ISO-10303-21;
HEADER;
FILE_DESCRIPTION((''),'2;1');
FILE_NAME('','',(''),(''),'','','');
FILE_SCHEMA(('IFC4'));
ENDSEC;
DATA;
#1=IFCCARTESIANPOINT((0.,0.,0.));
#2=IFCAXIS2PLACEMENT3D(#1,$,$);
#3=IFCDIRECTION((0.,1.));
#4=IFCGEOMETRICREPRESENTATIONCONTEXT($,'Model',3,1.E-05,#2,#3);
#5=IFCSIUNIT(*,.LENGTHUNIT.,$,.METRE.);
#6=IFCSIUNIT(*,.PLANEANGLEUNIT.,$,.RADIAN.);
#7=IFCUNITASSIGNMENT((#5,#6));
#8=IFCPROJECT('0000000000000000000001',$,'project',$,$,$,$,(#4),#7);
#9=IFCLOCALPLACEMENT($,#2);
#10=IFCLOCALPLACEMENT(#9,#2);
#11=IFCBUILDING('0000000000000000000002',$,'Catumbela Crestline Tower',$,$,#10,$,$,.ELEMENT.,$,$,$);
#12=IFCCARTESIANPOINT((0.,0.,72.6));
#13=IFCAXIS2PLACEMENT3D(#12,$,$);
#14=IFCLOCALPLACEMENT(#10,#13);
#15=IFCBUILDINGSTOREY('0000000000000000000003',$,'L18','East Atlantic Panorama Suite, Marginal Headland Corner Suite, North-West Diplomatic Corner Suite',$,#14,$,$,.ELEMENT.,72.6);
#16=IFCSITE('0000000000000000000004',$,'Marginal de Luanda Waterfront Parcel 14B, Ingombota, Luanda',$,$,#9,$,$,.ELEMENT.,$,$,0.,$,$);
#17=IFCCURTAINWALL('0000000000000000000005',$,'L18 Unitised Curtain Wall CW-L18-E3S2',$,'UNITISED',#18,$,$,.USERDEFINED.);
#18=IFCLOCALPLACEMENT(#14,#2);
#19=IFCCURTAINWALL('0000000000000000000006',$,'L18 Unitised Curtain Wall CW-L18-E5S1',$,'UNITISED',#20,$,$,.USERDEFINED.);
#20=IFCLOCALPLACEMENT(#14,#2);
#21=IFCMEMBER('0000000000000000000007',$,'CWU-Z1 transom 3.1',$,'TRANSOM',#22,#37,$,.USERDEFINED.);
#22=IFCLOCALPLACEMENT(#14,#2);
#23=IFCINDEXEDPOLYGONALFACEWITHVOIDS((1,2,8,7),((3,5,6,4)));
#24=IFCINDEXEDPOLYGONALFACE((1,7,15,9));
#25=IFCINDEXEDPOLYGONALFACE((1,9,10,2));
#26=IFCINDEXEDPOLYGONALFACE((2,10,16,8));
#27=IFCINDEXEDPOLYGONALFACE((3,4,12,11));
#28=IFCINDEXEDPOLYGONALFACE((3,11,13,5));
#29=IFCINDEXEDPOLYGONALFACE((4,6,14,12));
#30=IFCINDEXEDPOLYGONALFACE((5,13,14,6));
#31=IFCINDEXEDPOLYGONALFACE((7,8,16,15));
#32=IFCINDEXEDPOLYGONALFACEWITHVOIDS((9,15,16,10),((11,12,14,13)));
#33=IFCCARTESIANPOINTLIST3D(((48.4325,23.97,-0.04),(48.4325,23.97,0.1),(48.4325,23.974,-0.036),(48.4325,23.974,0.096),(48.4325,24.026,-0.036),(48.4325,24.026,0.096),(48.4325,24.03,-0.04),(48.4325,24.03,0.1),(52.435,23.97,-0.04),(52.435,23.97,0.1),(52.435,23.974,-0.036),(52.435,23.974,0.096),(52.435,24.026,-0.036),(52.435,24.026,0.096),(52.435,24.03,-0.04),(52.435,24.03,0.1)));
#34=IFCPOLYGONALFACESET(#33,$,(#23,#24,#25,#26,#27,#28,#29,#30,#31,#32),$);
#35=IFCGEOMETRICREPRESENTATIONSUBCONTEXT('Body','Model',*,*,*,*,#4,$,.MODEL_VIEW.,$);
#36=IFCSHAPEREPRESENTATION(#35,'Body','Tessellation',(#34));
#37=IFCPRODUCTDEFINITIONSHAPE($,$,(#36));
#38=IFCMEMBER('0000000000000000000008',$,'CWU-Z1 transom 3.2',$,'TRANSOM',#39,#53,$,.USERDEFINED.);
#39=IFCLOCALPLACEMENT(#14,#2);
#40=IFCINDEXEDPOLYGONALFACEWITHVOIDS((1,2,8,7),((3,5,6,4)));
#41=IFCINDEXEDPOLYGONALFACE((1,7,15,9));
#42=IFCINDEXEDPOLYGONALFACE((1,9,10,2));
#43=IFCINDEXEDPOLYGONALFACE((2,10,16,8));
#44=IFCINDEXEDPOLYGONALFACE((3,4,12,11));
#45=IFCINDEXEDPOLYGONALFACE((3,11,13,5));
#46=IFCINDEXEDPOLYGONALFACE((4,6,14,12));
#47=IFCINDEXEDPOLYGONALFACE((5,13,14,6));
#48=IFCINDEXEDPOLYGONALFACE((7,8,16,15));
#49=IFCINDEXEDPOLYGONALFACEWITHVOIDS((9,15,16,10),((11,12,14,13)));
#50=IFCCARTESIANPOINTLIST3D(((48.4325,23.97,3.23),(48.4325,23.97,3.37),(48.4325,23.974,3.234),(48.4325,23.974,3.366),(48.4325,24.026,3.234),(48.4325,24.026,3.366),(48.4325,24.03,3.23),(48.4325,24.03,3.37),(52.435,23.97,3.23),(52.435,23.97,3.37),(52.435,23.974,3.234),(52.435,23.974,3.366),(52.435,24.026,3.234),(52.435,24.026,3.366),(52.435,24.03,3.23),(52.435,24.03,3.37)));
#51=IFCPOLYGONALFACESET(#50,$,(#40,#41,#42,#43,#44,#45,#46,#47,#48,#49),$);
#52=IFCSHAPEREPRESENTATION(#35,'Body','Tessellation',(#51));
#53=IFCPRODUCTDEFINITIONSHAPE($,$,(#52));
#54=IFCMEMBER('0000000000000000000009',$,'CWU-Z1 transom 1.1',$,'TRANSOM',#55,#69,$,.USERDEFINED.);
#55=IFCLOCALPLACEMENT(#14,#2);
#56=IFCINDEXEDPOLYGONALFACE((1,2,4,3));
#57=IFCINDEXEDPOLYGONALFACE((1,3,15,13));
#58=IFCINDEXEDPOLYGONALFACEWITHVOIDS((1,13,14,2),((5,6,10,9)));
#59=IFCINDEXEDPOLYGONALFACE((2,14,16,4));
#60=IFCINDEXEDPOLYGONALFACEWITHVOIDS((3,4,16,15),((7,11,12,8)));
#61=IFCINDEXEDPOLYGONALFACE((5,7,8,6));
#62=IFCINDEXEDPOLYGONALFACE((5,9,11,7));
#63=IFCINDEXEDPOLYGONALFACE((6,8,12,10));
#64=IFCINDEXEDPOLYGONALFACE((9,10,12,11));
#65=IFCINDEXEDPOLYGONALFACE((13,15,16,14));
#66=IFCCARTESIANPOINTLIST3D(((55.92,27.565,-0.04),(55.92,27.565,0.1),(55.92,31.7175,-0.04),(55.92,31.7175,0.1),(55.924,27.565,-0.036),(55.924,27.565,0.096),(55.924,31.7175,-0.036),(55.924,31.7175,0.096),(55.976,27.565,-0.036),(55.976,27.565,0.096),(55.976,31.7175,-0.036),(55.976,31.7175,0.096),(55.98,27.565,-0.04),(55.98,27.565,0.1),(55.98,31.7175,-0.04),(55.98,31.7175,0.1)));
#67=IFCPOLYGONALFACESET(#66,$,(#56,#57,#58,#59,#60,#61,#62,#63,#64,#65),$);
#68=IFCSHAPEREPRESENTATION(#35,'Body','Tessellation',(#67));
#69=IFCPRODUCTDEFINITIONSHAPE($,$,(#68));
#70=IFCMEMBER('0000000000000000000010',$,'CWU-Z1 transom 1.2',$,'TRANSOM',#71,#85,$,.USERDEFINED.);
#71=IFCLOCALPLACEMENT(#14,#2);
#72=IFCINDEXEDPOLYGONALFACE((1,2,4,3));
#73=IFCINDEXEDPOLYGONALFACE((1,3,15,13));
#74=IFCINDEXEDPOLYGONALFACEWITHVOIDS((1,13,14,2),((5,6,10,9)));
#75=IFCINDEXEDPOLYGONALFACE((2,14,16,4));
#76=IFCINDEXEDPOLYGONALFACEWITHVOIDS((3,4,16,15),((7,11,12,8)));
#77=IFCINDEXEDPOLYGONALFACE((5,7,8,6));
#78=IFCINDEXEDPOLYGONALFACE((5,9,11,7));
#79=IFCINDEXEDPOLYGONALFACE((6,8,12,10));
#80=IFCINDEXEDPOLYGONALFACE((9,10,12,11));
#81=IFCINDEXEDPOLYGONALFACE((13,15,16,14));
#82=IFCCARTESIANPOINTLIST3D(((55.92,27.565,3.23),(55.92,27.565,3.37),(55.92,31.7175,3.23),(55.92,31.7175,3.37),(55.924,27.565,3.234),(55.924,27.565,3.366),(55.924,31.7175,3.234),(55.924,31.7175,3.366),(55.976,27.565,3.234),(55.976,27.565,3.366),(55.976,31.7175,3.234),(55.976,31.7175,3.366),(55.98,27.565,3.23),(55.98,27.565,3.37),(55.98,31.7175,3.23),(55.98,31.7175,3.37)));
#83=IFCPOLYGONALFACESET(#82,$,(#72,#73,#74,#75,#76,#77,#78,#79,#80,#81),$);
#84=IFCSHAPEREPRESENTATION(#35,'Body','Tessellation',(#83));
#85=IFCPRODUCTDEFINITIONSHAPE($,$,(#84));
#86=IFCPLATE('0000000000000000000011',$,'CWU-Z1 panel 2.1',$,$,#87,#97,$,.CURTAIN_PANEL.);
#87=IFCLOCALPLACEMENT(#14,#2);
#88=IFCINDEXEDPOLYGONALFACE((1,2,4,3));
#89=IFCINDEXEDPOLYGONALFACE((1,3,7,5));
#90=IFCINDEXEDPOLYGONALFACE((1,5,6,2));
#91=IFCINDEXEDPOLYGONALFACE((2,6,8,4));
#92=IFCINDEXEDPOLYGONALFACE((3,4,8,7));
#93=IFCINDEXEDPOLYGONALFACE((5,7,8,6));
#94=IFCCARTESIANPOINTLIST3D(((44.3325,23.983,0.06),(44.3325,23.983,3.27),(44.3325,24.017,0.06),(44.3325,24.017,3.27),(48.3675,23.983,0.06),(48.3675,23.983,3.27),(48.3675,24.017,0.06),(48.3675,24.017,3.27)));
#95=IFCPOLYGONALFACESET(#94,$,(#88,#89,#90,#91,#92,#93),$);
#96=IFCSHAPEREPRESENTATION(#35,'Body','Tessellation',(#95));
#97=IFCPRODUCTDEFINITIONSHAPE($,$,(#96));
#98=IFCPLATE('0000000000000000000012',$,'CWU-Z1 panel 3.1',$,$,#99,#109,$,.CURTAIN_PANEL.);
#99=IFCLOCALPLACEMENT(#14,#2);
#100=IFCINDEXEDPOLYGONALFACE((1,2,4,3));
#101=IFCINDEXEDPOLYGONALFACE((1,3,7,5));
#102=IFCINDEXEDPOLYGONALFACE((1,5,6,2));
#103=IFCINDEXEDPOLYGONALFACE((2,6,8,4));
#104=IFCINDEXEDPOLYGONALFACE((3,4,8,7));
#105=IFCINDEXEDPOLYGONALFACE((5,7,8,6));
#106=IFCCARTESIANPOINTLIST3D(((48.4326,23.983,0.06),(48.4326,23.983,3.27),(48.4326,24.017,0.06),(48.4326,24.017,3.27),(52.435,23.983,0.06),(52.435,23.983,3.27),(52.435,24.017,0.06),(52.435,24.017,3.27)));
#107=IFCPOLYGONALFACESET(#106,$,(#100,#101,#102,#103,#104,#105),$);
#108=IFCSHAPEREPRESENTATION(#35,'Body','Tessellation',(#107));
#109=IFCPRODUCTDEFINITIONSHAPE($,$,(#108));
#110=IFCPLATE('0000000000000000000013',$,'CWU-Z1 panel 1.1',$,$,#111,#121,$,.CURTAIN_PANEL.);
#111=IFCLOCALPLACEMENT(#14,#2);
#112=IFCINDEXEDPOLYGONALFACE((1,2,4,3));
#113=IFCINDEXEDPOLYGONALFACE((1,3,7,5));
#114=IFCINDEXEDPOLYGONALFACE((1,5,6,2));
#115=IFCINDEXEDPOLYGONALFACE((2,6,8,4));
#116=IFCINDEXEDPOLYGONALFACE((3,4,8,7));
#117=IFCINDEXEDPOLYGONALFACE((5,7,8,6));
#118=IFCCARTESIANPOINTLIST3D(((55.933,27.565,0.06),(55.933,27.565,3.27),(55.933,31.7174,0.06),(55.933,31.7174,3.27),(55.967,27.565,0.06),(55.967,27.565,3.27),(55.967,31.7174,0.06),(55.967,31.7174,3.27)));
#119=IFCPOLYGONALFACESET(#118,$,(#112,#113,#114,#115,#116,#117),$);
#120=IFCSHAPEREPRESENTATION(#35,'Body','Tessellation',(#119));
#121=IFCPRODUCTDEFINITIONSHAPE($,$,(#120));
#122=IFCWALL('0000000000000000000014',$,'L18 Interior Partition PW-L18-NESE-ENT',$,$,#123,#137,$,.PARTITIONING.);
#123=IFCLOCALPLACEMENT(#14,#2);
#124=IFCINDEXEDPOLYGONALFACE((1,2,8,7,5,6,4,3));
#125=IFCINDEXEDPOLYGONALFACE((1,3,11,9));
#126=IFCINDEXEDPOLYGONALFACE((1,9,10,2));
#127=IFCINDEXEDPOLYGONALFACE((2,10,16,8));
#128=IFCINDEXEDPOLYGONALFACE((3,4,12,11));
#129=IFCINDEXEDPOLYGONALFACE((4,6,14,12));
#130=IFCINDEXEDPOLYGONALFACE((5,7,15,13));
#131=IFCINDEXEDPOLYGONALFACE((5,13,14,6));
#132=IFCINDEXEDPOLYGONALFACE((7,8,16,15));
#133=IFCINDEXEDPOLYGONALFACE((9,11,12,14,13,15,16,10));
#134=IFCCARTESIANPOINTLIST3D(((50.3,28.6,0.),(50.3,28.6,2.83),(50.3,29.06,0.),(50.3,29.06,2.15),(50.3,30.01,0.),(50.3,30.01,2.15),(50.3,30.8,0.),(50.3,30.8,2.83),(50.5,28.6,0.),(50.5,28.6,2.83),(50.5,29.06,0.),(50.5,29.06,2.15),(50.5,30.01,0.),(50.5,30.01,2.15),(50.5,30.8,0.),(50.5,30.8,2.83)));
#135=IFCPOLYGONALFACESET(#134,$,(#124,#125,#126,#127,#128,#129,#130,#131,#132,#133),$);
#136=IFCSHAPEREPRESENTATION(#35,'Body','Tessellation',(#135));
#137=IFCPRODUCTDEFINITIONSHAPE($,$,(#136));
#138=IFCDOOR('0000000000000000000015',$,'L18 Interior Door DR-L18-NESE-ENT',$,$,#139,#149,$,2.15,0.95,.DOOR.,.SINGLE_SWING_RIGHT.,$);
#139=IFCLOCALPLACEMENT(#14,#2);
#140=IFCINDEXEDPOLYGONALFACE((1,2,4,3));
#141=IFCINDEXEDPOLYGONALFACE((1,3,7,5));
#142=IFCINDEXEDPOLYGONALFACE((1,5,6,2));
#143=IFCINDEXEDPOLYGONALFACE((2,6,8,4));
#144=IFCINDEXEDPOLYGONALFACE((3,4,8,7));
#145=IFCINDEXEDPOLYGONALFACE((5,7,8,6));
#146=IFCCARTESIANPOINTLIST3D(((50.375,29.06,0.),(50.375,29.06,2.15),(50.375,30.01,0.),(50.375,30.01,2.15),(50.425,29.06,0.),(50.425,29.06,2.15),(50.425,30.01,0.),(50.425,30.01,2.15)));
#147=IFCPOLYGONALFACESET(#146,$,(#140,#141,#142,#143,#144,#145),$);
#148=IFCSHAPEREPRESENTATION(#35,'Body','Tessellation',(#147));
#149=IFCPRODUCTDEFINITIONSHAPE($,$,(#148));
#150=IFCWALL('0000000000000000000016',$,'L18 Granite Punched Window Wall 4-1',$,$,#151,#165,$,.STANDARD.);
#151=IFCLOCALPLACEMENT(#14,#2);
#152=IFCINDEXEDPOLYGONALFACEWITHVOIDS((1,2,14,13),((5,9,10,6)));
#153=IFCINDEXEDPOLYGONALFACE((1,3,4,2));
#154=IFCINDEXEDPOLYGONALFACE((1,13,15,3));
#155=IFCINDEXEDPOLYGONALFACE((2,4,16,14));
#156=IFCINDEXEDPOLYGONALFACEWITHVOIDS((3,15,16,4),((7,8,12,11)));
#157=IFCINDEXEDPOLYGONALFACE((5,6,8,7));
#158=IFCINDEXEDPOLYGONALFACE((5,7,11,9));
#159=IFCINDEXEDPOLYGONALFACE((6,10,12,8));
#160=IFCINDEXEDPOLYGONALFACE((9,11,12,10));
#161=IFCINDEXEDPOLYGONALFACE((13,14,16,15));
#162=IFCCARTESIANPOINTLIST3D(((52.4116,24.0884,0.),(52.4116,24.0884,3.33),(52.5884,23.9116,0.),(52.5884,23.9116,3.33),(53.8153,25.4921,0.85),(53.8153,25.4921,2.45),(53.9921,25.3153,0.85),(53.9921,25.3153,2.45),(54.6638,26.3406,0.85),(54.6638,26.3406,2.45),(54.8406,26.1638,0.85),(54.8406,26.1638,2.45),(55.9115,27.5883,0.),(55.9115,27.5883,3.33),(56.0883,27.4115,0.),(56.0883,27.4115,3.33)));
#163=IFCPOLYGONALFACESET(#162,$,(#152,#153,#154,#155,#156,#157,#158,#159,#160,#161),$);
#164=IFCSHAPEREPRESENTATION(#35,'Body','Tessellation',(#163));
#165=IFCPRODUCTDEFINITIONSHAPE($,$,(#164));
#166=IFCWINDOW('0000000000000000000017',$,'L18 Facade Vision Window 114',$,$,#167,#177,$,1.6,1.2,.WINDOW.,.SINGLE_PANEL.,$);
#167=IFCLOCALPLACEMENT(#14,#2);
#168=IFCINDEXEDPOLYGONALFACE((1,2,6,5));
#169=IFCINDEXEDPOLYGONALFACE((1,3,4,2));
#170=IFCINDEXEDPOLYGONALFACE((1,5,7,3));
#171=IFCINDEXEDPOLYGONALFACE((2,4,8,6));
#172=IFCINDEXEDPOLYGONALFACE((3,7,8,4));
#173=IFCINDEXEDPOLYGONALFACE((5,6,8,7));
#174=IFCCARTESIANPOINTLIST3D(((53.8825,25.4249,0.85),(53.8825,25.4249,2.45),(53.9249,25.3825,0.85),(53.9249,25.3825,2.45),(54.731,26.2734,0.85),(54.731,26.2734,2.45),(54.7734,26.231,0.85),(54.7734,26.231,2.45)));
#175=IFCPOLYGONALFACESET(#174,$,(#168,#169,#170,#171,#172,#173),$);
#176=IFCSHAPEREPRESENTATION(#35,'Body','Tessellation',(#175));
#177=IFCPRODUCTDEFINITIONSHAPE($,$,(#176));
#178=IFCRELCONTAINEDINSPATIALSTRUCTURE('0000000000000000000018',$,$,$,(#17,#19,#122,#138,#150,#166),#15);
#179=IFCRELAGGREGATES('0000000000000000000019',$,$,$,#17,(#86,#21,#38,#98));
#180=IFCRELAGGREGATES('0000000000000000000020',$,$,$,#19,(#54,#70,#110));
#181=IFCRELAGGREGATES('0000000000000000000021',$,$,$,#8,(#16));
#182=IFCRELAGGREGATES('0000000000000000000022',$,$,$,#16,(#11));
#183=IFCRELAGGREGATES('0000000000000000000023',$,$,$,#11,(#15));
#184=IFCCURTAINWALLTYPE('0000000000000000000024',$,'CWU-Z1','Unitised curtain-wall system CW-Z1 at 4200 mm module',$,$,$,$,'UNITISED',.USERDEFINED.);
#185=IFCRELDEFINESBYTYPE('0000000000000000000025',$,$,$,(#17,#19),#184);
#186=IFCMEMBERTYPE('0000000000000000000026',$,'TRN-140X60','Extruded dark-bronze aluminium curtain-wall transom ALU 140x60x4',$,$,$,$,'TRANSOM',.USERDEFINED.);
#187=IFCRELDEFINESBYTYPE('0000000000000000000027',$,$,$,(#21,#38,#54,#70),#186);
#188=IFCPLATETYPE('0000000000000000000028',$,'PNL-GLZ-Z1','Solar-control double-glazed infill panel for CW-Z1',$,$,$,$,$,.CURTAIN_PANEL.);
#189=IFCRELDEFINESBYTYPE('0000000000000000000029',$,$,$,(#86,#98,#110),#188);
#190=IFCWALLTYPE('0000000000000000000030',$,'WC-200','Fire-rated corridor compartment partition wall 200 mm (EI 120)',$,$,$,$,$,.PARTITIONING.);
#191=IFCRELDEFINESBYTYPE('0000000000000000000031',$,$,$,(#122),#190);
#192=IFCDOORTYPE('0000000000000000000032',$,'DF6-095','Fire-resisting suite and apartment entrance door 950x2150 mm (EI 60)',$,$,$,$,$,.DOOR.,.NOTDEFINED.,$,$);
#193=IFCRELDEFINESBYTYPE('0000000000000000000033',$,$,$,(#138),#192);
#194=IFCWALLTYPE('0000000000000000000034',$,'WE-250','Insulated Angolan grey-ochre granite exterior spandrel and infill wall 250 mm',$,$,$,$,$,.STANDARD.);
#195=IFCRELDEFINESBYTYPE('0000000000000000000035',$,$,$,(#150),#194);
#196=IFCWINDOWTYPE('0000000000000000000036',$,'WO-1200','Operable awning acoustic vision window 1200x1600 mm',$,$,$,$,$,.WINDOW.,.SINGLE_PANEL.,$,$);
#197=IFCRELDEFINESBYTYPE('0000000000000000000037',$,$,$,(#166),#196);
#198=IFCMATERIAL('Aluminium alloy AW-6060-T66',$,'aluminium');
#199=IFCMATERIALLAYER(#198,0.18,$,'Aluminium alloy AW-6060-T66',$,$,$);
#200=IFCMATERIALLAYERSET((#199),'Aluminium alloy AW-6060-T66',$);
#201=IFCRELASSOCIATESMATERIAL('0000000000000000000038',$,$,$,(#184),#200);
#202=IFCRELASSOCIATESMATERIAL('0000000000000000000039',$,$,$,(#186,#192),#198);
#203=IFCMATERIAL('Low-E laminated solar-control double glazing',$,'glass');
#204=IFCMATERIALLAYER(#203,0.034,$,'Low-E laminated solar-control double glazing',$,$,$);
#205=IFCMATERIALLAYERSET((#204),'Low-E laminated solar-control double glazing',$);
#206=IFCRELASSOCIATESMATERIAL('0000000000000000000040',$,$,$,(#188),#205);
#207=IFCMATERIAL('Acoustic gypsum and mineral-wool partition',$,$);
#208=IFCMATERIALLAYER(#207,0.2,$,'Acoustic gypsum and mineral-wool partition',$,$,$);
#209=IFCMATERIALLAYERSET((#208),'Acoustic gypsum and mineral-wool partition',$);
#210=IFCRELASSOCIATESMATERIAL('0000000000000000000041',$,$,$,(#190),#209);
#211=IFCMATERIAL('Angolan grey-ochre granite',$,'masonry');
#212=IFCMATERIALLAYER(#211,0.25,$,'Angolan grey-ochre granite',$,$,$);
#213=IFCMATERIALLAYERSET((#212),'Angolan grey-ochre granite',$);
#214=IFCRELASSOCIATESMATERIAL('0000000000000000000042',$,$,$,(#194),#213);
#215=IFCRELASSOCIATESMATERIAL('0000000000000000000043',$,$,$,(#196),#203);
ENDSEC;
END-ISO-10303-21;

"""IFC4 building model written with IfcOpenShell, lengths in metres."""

from ifc_helpers import new_model, si_unit, direction, frame, frame_2d, origin, origin_2d, place, context, subcontext, project, spatial, rectangle, hollow_rectangle, extrude, material, layer, layer_set, material_profile, profile_set, type_object, element, fill, aggregate, save


model = new_model("IFC4")

# Units and contexts
model_context = context("Model", 3, precision=1e-05, world=origin(), true_north=direction((0.0, 1.0)))
body_context = subcontext(model_context, "Body", "Model", "MODEL_VIEW")
ifc_project = project(units=[si_unit("LENGTHUNIT", "METRE"), si_unit("PLANEANGLEUNIT", "RADIAN")], contexts=[model_context])

# Site, building, storey
site_placement = place(None, origin())
site = spatial("IfcSite", under=ifc_project, at=site_placement, Name="Marginal de Luanda Waterfront Parcel 14B, Ingombota, Luanda", CompositionType="ELEMENT", RefElevation=0.0)
building_placement = place(site_placement, origin())
building = spatial("IfcBuilding", under=site, at=building_placement, Name="Catumbela Crestline Tower", CompositionType="ELEMENT")
storey_placement = place(building_placement, frame((0.0, 0.0, 72.6)))
storey = spatial("IfcBuildingStorey", under=building, at=storey_placement, Name="L18", Description="East Atlantic Panorama Suite, Marginal Headland Corner Suite, North-West Diplomatic Corner Suite", CompositionType="ELEMENT", Elevation=72.6)

# Curtain wall
ifc_material_1 = material(Name="Aluminium alloy AW-6060-T66", Category="aluminium")
ifc_layer_1 = layer(ifc_material_1, 0.18, Name="Aluminium alloy AW-6060-T66")
ifc_layer_set_1 = layer_set([ifc_layer_1], Name="Aluminium alloy AW-6060-T66")
curtain_wall_type = type_object("IfcCurtainWallType", Name="CWU-Z1", Description="Unitised curtain-wall system CW-Z1 at 4200 mm module", ElementType="UNITISED", PredefinedType="USERDEFINED", material=ifc_layer_set_1)
curtain_wall_1_placement = place(storey_placement, origin())
curtain_wall_1 = element("IfcCurtainWall", 1, at=curtain_wall_1_placement, inside=storey, type_object=curtain_wall_type, Name="L18 Unitised Curtain Wall CW-L18-E3S2", ObjectType="UNITISED", PredefinedType="USERDEFINED")

# Curtain wall
curtain_wall_2_placement = place(storey_placement, origin())
curtain_wall_2 = element("IfcCurtainWall", 2, at=curtain_wall_2_placement, inside=storey, type_object=curtain_wall_type, Name="L18 Unitised Curtain Wall CW-L18-E5S1", ObjectType="UNITISED", PredefinedType="USERDEFINED")

# Members
ifc_material_profile_1 = material_profile(ifc_material_1, hollow_rectangle(XDim=0.06, YDim=0.14, WallThickness=0.004, at=origin_2d()), Name="ALU 140x60x4")
ifc_profile_set_1 = profile_set([ifc_material_profile_1], Name="Aluminium alloy AW-6060-T66")
member_type_1 = type_object("IfcMemberType", Name="TRN-140X60", Description="Extruded dark-bronze aluminium curtain-wall transom ALU 140x60x4", ElementType="TRANSOM", PredefinedType="USERDEFINED", material=ifc_profile_set_1)
member_1_placement = place(storey_placement, frame((48.4325, 24.0, 0.03), z_axis=(1.0, 0.0, 0.0), x_axis=(0.0, 1.0, 0.0)))
member_1 = element("IfcMember", 3, at=member_1_placement, type_object=member_type_1, Name="CWU-Z1 transom 3.1", ObjectType="TRANSOM", PredefinedType="USERDEFINED", context=body_context, shape_type="SweptSolid", body=[
    extrude(hollow_rectangle(XDim=0.06, YDim=0.14, WallThickness=0.004, at=origin_2d()), origin(), (0.0, 0.0, 1.0), 4.0025),
])
member_2_placement = place(storey_placement, frame((48.4325, 24.0, 3.3), z_axis=(1.0, 0.0, 0.0), x_axis=(0.0, 1.0, 0.0)))
member_2 = element("IfcMember", 4, at=member_2_placement, type_object=member_type_1, Name="CWU-Z1 transom 3.2", ObjectType="TRANSOM", PredefinedType="USERDEFINED", context=body_context, shape_type="SweptSolid", body=[
    extrude(hollow_rectangle(XDim=0.06, YDim=0.14, WallThickness=0.004, at=origin_2d()), origin(), (0.0, 0.0, 1.0), 4.0025),
])
member_3_placement = place(storey_placement, frame((55.95, 27.565, 0.03), z_axis=(0.0, 1.0, 0.0), x_axis=(-1.0, 0.0, 0.0)))
member_3 = element("IfcMember", 5, at=member_3_placement, type_object=member_type_1, Name="CWU-Z1 transom 1.1", ObjectType="TRANSOM", PredefinedType="USERDEFINED", context=body_context, shape_type="SweptSolid", body=[
    extrude(hollow_rectangle(XDim=0.06, YDim=0.14, WallThickness=0.004, at=origin_2d()), origin(), (0.0, 0.0, 1.0), 4.1525),
])
member_4_placement = place(storey_placement, frame((55.95, 27.565, 3.3), z_axis=(0.0, 1.0, 0.0), x_axis=(-1.0, 0.0, 0.0)))
member_4 = element("IfcMember", 6, at=member_4_placement, type_object=member_type_1, Name="CWU-Z1 transom 1.2", ObjectType="TRANSOM", PredefinedType="USERDEFINED", context=body_context, shape_type="SweptSolid", body=[
    extrude(hollow_rectangle(XDim=0.06, YDim=0.14, WallThickness=0.004, at=origin_2d()), origin(), (0.0, 0.0, 1.0), 4.1525),
])

# Plates
ifc_material_2 = material(Name="Low-E laminated solar-control double glazing", Category="glass")
ifc_layer_2 = layer(ifc_material_2, 0.034, Name="Low-E laminated solar-control double glazing")
ifc_layer_set_2 = layer_set([ifc_layer_2], Name="Low-E laminated solar-control double glazing")
plate_type = type_object("IfcPlateType", Name="PNL-GLZ-Z1", Description="Solar-control double-glazed infill panel for CW-Z1", PredefinedType="CURTAIN_PANEL", material=ifc_layer_set_2)
plate_1_placement = place(storey_placement, frame((46.35, 24.0, 0.06), z_axis=(0.0, 0.0, 1.0), x_axis=(1.0, 0.0, 0.0)))
plate_1 = element("IfcPlate", 7, at=plate_1_placement, type_object=plate_type, Name="CWU-Z1 panel 2.1", PredefinedType="CURTAIN_PANEL", context=body_context, shape_type="SweptSolid", body=[
    extrude(rectangle(XDim=4.035, YDim=0.034, at=origin_2d()), origin(), (0.0, 0.0, 1.0), 3.21),
])
plate_2_placement = place(storey_placement, frame((50.4338, 24.0, 0.06), z_axis=(0.0, 0.0, 1.0), x_axis=(1.0, 0.0, 0.0)))
plate_2 = element("IfcPlate", 8, at=plate_2_placement, type_object=plate_type, Name="CWU-Z1 panel 3.1", PredefinedType="CURTAIN_PANEL", context=body_context, shape_type="SweptSolid", body=[
    extrude(rectangle(XDim=4.0025, YDim=0.034, at=origin_2d()), origin(), (0.0, 0.0, 1.0), 3.21),
])
aggregate(curtain_wall_1, [plate_1, member_1, member_2, plate_2])
plate_3_placement = place(storey_placement, frame((55.95, 29.6412, 0.06), z_axis=(0.0, 0.0, 1.0), x_axis=(0.0, 1.0, 0.0)))
plate_3 = element("IfcPlate", 9, at=plate_3_placement, type_object=plate_type, Name="CWU-Z1 panel 1.1", PredefinedType="CURTAIN_PANEL", context=body_context, shape_type="SweptSolid", body=[
    extrude(rectangle(XDim=4.1525, YDim=0.034, at=origin_2d()), origin(), (0.0, 0.0, 1.0), 3.21),
])
aggregate(curtain_wall_2, [member_3, member_4, plate_3])

# Wall, opening, door
ifc_material_3 = material(Name="Acoustic gypsum and mineral-wool partition")
ifc_layer_3 = layer(ifc_material_3, 0.2, Name="Acoustic gypsum and mineral-wool partition")
ifc_layer_set_3 = layer_set([ifc_layer_3], Name="Acoustic gypsum and mineral-wool partition")
wall_type_1 = type_object("IfcWallType", Name="WC-200", Description="Fire-rated corridor compartment partition wall 200 mm (EI 120)", PredefinedType="PARTITIONING", material=ifc_layer_set_3)
wall_1_placement = place(storey_placement, frame((50.4, 28.6, 0.0), z_axis=(0.0, 0.0, 1.0), x_axis=(0.0, 1.0, 0.0)))
wall_1 = element("IfcWall", 10, at=wall_1_placement, inside=storey, type_object=wall_type_1, Name="L18 Interior Partition PW-L18-NESE-ENT", PredefinedType="PARTITIONING", context=body_context, shape_type="SweptSolid", body=[
    extrude(rectangle(XDim=2.2, YDim=0.2, at=frame_2d((1.1, 0.0))), origin(), (0.0, 0.0, 1.0), 2.83),
])
opening_1_placement = place(wall_1_placement, frame((0.46, 0.0, 0.0)))
opening_1 = element("IfcOpeningElement", 11, at=opening_1_placement, cuts=wall_1, PredefinedType="OPENING", context=body_context, shape_type="SweptSolid", body=[
    extrude(rectangle(XDim=0.95, YDim=2.15, at=frame_2d((0.475, 1.075))), frame((0.0, 0.11, 0.0), z_axis=(0.0, -1.0, 0.0), x_axis=(1.0, 0.0, 0.0)), (0.0, 0.0, 1.0), 0.22),
])
door_type_1 = type_object("IfcDoorType", Name="DF6-095", Description="Fire-resisting suite and apartment entrance door 950x2150 mm (EI 60)", OperationType="NOTDEFINED", PredefinedType="DOOR", material=ifc_material_1)
door_1_placement = place(opening_1_placement, origin())
door_1 = element("IfcDoor", 12, at=door_1_placement, inside=storey, type_object=door_type_1, Name="L18 Interior Door DR-L18-NESE-ENT", OperationType="SINGLE_SWING_RIGHT", OverallHeight=2.15, OverallWidth=0.95, PredefinedType="DOOR", context=body_context, shape_type="SweptSolid", body=[
    extrude(rectangle(XDim=0.95, YDim=2.15, at=frame_2d((0.475, 1.075))), frame((0.0, 0.025, 0.0), z_axis=(0.0, -1.0, 0.0), x_axis=(1.0, 0.0, 0.0)), (0.0, 0.0, 1.0), 0.05),
])
fill(opening_1, door_1)

# Wall, opening, window
ifc_material_4 = material(Name="Angolan grey-ochre granite", Category="masonry")
ifc_layer_4 = layer(ifc_material_4, 0.25, Name="Angolan grey-ochre granite")
ifc_layer_set_4 = layer_set([ifc_layer_4], Name="Angolan grey-ochre granite")
wall_type_2 = type_object("IfcWallType", Name="WE-250", Description="Insulated Angolan grey-ochre granite exterior spandrel and infill wall 250 mm", PredefinedType="STANDARD", material=ifc_layer_set_4)
wall_2_placement = place(storey_placement, frame((52.5, 24.0, 0.0), z_axis=(0.0, 0.0, 1.0), x_axis=(0.707107, 0.707107, 0.0)))
wall_2 = element("IfcWall", 13, at=wall_2_placement, inside=storey, type_object=wall_type_2, Name="L18 Granite Punched Window Wall 4-1", PredefinedType="STANDARD", context=body_context, shape_type="SweptSolid", body=[
    extrude(rectangle(XDim=4.9497, YDim=0.25, at=frame_2d((2.4748, 0.0))), origin(), (0.0, 0.0, 1.0), 3.33),
])
opening_2_placement = place(wall_2_placement, frame((1.9851, 0.0, 0.85)))
opening_2 = element("IfcOpeningElement", 14, at=opening_2_placement, cuts=wall_2, PredefinedType="OPENING", context=body_context, shape_type="SweptSolid", body=[
    extrude(rectangle(XDim=1.2, YDim=1.6, at=frame_2d((0.6, 0.8))), frame((0.0, 0.135, 0.0), z_axis=(0.0, -1.0, 0.0), x_axis=(1.0, 0.0, 0.0)), (0.0, 0.0, 1.0), 0.27),
])
window_type = type_object("IfcWindowType", Name="WO-1200", Description="Operable awning acoustic vision window 1200x1600 mm", PartitioningType="SINGLE_PANEL", PredefinedType="WINDOW", material=ifc_material_2)
window_placement = place(opening_2_placement, origin())
window = element("IfcWindow", 15, at=window_placement, inside=storey, type_object=window_type, Name="L18 Facade Vision Window 114", OverallHeight=1.6, OverallWidth=1.2, PartitioningType="SINGLE_PANEL", PredefinedType="WINDOW", context=body_context, shape_type="SweptSolid", body=[
    extrude(rectangle(XDim=1.2, YDim=1.6, at=frame_2d((0.6, 0.8))), frame((0.0, 0.03, 0.0), z_axis=(0.0, -1.0, 0.0), x_axis=(1.0, 0.0, 0.0)), (0.0, 0.0, 1.0), 0.06),
])
fill(opening_2, window)

save(model, "model.ifc")
